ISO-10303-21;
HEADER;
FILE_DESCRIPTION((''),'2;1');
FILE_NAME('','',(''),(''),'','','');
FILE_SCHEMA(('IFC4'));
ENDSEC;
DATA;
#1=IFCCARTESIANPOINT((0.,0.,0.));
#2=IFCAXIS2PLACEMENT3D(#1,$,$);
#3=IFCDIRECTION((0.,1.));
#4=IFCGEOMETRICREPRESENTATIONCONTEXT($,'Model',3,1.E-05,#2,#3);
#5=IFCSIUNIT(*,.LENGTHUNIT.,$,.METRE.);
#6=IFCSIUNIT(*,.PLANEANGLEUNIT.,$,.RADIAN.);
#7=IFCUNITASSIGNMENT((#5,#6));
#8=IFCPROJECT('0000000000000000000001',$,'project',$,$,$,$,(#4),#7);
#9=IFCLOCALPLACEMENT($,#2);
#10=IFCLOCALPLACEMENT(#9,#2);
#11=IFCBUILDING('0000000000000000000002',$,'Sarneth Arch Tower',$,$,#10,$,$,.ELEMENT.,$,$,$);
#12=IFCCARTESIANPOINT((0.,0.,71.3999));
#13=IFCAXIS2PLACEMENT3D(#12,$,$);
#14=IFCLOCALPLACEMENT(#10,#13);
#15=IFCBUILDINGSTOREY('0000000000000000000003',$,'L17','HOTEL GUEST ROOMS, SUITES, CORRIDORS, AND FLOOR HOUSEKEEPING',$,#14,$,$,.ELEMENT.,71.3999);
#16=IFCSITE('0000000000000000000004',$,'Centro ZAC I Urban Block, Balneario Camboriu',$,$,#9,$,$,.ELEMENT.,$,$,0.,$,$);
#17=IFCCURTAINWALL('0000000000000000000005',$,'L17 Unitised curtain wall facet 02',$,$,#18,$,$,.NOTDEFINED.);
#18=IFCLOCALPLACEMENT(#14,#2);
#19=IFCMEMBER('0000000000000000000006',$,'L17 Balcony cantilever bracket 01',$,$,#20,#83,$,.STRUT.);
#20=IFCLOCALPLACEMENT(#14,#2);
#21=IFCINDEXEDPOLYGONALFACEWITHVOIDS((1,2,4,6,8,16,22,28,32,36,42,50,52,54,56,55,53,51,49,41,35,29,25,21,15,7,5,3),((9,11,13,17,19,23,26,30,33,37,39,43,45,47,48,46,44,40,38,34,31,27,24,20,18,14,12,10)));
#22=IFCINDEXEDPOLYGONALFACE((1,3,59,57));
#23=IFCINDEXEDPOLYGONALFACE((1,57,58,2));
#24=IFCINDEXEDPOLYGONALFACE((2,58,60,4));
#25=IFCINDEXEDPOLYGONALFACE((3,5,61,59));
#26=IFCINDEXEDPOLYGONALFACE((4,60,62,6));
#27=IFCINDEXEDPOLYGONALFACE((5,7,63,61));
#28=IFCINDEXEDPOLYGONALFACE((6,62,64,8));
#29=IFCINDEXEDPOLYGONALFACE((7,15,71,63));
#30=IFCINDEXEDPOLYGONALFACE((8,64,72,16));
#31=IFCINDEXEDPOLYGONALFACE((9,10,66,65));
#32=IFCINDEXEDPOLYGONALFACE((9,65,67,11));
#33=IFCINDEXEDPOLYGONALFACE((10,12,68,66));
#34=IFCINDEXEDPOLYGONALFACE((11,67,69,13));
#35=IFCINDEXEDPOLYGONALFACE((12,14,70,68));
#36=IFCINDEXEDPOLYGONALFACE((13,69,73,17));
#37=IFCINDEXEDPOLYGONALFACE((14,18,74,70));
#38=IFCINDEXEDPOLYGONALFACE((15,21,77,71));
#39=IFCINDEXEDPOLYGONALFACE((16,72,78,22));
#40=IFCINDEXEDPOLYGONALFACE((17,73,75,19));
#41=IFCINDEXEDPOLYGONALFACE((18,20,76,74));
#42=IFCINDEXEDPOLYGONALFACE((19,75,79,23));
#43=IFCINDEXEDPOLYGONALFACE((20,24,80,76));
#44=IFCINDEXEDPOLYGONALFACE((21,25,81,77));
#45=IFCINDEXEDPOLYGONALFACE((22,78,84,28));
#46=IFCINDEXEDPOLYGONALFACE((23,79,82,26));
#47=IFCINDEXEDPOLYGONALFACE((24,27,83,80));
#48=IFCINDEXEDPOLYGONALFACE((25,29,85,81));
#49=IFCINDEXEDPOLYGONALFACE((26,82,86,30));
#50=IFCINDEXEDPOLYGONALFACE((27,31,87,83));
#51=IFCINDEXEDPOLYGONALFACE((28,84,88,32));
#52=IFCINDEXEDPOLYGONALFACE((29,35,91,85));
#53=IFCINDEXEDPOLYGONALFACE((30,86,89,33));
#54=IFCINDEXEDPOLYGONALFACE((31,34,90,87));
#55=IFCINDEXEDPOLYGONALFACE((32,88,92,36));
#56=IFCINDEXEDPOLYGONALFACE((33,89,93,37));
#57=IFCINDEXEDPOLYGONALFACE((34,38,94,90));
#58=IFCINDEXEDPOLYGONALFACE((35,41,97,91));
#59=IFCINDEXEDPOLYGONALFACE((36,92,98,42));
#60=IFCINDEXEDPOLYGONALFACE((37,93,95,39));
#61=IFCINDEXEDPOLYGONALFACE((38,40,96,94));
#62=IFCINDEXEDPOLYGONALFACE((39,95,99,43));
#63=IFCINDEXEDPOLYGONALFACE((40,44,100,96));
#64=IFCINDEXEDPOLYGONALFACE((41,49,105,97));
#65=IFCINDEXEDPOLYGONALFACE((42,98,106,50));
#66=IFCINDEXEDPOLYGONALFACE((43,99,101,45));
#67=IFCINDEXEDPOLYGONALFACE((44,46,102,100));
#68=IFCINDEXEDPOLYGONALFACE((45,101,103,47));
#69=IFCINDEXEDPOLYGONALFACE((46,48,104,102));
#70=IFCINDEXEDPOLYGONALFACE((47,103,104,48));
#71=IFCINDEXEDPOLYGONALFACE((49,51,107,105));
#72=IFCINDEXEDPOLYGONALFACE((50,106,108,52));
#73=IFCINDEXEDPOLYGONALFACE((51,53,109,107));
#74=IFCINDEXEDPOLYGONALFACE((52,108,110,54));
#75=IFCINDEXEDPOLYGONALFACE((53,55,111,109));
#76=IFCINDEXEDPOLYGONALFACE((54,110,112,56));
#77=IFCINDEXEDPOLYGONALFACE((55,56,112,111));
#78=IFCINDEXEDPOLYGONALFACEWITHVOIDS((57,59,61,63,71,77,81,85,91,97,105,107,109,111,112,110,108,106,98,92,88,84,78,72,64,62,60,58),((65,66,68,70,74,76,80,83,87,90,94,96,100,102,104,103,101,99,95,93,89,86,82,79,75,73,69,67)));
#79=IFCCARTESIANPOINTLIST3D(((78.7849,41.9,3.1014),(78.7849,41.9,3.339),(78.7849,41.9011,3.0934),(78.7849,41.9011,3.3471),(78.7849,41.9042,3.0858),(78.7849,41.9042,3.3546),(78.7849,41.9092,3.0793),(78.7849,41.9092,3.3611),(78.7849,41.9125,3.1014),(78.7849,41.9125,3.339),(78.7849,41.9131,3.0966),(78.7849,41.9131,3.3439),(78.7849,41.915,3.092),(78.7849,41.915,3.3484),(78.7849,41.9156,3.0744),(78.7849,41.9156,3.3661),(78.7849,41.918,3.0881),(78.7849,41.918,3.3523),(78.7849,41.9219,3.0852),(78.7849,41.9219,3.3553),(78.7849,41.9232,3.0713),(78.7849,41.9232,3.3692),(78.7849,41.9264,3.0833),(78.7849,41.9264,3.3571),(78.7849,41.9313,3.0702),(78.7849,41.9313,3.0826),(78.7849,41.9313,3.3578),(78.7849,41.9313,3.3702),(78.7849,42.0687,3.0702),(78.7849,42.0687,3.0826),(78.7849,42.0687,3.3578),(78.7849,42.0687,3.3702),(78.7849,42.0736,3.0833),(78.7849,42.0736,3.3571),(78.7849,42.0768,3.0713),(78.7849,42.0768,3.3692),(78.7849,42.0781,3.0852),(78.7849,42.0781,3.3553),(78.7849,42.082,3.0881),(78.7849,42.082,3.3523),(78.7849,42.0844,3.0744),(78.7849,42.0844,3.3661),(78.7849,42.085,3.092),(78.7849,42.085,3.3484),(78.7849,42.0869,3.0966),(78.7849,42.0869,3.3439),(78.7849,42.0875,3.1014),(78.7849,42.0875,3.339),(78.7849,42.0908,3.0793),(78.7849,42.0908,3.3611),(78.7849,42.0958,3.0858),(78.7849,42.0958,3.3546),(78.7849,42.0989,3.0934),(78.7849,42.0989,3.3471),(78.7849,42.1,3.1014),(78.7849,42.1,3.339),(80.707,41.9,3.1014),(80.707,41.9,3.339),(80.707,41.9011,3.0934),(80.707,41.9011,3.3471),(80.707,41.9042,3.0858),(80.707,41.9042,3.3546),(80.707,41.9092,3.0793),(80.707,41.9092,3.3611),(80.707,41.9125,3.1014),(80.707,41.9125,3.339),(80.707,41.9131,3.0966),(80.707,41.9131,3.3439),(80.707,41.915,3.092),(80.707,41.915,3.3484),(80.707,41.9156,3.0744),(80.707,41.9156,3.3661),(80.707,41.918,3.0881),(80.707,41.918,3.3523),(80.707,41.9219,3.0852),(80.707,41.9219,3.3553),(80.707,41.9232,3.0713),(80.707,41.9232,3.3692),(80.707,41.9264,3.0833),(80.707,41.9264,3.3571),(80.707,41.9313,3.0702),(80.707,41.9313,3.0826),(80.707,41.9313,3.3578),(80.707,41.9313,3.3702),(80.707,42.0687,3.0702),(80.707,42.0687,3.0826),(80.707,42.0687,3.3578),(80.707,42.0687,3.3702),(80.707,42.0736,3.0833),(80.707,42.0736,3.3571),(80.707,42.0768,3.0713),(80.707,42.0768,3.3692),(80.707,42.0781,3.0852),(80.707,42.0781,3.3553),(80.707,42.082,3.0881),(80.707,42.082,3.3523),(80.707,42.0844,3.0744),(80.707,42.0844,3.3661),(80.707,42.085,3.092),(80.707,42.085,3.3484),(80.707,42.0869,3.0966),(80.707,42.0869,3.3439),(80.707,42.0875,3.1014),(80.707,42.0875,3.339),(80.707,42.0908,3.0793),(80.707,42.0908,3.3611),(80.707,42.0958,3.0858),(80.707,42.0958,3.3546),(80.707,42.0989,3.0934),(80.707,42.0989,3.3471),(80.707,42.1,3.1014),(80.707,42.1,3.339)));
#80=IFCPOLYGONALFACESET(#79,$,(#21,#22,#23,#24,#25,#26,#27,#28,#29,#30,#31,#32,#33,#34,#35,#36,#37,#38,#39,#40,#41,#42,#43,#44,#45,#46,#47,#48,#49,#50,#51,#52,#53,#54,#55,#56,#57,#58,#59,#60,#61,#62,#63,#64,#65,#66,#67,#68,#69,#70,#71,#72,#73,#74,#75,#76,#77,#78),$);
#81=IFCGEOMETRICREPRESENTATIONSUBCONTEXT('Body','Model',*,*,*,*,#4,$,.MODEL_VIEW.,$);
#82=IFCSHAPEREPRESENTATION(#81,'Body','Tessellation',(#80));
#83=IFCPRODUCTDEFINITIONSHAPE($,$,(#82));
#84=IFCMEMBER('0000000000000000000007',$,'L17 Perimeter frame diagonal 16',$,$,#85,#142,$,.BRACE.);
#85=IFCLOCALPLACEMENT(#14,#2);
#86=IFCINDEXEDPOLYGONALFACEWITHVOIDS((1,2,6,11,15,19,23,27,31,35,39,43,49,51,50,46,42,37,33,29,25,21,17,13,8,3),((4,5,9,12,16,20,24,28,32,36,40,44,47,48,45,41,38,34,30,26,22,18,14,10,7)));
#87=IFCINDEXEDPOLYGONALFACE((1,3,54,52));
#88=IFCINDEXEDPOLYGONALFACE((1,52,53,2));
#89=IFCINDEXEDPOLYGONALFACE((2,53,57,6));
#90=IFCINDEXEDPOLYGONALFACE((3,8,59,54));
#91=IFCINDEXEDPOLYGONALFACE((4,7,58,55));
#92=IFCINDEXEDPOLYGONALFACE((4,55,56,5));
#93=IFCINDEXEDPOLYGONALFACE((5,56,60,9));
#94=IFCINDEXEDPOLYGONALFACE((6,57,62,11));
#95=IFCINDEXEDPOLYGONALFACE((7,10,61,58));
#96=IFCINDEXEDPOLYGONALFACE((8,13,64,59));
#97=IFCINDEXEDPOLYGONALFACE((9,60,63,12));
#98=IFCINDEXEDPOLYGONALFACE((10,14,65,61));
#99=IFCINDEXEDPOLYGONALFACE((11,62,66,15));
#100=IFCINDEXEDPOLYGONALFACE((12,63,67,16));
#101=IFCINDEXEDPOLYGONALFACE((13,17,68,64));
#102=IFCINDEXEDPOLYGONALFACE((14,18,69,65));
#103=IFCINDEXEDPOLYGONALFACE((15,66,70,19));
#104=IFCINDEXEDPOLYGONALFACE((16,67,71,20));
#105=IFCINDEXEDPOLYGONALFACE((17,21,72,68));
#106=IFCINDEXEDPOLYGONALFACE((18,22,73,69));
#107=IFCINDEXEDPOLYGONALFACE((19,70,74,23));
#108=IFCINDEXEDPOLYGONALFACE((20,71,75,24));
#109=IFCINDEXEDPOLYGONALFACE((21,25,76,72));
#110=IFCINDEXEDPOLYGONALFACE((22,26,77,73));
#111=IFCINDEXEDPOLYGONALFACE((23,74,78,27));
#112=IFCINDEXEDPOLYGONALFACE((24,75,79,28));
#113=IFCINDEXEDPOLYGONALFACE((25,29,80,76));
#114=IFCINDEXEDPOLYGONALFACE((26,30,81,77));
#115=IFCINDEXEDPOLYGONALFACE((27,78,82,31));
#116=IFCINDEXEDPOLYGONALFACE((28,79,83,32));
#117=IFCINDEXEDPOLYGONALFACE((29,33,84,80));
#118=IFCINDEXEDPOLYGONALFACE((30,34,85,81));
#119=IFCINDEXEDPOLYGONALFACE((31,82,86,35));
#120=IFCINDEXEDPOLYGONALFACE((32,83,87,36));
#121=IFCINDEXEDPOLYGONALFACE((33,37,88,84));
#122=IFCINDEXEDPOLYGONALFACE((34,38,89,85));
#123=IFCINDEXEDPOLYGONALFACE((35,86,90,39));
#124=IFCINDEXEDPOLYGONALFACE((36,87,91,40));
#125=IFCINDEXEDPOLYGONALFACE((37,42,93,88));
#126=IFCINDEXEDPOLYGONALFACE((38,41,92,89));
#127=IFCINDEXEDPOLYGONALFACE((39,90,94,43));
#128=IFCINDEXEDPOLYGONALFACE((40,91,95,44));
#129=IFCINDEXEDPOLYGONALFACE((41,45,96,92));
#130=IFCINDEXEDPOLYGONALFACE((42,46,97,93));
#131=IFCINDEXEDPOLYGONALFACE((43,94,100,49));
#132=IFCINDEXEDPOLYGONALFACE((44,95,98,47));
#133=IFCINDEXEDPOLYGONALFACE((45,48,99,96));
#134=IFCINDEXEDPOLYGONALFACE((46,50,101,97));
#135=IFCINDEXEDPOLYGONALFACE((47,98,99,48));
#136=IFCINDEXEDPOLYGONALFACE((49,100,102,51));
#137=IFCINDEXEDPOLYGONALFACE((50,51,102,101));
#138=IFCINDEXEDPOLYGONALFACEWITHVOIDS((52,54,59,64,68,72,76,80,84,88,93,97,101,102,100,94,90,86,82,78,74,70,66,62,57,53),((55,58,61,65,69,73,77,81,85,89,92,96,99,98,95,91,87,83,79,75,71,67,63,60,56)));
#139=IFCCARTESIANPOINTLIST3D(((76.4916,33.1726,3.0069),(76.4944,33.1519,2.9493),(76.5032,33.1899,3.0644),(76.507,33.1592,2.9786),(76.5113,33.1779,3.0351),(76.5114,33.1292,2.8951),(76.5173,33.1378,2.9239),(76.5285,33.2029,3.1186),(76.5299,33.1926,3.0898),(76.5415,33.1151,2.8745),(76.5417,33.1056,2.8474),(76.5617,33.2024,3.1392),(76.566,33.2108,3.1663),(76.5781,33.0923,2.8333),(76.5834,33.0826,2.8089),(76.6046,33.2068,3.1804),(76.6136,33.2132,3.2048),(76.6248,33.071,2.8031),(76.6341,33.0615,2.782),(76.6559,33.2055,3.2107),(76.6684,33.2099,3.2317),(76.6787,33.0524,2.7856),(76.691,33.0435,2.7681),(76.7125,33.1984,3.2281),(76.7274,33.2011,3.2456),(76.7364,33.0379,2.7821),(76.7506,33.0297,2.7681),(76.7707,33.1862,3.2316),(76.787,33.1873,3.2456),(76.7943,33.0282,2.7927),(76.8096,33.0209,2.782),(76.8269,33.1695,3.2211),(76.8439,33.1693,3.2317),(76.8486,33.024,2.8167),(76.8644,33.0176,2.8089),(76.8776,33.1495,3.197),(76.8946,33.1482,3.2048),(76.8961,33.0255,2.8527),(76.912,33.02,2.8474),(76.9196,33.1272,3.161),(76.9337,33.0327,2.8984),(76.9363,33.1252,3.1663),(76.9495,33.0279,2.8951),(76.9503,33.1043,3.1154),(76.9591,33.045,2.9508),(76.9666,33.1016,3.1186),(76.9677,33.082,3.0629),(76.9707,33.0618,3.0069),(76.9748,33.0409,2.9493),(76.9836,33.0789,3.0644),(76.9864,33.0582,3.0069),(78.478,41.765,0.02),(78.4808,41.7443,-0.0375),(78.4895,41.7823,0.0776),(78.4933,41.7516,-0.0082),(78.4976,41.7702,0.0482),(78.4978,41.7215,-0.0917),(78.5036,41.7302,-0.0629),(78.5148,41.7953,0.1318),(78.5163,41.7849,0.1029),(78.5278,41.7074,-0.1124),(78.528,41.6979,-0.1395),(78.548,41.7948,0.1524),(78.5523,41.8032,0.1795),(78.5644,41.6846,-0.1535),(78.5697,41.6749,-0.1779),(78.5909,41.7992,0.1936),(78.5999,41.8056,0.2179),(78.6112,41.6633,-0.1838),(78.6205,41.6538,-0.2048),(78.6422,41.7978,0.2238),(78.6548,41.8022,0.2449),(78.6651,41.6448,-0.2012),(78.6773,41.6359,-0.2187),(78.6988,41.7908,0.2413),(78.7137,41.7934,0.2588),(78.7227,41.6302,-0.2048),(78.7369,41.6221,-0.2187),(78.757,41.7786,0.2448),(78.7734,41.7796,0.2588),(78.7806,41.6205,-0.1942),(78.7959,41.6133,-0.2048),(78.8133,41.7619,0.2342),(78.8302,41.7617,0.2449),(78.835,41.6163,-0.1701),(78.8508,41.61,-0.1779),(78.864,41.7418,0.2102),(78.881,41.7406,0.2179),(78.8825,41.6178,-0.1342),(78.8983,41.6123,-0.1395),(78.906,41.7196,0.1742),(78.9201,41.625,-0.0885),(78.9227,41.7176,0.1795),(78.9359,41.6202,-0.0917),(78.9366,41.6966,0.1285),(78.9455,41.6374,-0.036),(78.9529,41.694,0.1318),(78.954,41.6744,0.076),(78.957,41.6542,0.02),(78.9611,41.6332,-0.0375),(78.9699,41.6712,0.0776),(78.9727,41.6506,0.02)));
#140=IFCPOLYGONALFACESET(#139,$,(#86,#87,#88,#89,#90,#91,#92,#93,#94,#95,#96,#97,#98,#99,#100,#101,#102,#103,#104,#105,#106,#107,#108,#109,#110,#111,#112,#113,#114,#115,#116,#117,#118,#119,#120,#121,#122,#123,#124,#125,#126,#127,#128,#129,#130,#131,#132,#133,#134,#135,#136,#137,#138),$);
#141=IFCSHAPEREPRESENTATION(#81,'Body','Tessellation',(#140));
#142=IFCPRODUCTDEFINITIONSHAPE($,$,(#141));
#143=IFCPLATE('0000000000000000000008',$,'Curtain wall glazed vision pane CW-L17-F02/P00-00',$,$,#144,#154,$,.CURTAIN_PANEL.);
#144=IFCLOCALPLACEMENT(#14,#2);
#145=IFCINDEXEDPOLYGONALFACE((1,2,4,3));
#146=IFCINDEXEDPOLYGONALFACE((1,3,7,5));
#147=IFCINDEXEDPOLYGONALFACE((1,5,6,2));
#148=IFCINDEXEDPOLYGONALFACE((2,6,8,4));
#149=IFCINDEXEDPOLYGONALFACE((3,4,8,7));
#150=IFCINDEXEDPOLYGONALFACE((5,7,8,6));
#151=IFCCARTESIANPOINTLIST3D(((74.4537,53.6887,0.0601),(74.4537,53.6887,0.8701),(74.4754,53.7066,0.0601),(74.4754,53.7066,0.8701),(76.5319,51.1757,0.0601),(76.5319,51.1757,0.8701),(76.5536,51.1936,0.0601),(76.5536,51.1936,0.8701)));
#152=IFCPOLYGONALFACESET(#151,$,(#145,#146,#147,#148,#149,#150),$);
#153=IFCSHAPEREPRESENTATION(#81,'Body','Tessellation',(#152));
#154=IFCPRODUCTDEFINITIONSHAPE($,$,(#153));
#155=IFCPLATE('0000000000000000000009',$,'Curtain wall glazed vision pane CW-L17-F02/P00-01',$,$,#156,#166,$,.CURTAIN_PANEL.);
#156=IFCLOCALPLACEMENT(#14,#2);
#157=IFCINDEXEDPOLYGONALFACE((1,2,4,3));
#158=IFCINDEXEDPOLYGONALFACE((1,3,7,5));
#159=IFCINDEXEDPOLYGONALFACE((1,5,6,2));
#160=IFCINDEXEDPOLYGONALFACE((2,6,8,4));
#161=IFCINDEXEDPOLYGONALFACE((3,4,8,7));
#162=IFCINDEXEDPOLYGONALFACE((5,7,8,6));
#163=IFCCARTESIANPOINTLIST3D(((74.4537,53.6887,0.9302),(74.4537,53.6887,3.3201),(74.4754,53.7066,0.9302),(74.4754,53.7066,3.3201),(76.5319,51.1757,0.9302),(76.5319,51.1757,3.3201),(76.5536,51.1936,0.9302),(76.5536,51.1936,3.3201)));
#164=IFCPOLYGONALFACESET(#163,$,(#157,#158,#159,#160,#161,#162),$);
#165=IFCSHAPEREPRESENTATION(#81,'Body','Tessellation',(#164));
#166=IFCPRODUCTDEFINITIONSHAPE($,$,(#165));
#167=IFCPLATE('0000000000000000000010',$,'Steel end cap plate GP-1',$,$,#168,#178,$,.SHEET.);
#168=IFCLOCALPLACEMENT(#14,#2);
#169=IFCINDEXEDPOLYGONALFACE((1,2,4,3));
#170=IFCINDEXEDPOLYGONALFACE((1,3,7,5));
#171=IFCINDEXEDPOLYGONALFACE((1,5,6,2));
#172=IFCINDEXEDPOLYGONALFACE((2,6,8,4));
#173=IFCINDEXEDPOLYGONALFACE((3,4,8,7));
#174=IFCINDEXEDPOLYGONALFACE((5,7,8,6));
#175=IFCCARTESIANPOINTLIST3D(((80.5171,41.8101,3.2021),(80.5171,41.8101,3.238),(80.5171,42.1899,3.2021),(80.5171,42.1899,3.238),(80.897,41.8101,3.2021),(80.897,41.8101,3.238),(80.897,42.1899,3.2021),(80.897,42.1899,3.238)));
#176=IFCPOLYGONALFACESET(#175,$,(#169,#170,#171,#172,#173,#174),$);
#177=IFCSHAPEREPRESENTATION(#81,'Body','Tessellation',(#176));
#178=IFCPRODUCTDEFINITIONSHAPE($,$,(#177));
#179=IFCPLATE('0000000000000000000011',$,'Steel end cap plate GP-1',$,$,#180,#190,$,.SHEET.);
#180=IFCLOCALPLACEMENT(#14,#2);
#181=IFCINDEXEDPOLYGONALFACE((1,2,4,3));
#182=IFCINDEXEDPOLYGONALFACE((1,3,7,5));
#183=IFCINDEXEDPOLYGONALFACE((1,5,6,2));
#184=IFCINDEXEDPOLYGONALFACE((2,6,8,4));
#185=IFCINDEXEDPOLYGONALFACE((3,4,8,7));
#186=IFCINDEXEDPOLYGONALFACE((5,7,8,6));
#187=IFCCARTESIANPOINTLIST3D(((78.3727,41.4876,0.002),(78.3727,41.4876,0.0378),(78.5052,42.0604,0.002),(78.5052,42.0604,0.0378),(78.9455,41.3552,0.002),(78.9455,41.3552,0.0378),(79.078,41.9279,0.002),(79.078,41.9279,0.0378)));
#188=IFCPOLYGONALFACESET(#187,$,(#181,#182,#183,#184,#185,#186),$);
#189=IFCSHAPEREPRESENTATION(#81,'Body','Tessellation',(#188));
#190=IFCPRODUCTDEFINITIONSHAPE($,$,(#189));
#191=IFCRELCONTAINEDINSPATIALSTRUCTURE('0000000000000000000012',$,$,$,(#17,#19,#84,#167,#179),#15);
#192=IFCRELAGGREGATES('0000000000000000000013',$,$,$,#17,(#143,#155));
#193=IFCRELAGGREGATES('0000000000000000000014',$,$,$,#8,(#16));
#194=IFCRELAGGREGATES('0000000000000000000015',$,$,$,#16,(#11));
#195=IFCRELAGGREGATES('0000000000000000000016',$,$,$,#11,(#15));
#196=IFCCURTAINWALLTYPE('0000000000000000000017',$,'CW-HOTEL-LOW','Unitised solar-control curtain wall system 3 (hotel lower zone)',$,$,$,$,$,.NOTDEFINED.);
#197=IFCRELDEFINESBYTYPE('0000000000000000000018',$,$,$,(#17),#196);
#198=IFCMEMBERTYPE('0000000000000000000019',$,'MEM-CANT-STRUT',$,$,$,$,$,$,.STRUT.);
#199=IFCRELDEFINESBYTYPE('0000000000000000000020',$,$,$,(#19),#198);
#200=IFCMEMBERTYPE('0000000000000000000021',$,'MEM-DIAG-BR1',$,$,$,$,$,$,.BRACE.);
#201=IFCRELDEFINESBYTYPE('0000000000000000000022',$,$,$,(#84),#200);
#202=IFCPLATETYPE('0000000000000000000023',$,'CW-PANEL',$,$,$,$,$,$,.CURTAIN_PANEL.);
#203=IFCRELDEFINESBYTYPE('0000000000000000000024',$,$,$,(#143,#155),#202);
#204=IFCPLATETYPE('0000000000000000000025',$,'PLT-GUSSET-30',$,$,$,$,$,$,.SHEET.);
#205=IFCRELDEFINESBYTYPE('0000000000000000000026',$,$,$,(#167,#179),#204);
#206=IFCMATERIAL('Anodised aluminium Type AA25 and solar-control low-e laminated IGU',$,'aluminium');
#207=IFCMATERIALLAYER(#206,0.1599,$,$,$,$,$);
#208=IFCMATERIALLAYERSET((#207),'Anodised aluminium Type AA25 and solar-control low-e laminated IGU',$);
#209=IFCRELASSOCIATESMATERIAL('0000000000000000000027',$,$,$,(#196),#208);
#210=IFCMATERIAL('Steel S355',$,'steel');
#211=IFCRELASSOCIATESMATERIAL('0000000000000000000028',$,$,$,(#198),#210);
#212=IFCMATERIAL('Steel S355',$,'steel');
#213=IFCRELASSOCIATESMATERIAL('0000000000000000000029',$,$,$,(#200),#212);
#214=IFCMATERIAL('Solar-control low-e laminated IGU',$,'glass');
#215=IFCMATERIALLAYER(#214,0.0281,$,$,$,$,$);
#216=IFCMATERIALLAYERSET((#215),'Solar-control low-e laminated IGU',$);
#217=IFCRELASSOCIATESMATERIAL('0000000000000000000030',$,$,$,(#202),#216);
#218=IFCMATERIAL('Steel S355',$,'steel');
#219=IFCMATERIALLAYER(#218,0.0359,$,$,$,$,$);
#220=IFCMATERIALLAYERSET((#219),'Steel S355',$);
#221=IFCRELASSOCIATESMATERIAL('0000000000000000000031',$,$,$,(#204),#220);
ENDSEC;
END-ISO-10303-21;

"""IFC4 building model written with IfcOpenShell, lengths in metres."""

from ifc_helpers import new_model, si_unit, direction, frame, origin, origin_2d, place, context, subcontext, project, spatial, rectangle, hollow_rectangle, hollow_circle, extrude, material, layer, layer_set, material_profile, profile_set, type_object, element, aggregate, save


model = new_model("IFC4")

# Units and contexts
model_context = context("Model", 3, precision=1e-05, world=origin(), true_north=direction((0.0, 1.0)))
body_context = subcontext(model_context, "Body", "Model", "MODEL_VIEW")
ifc_project = project(units=[si_unit("LENGTHUNIT", "METRE"), si_unit("PLANEANGLEUNIT", "RADIAN")], contexts=[model_context])

# Site, building, storey
site_placement = place(None, origin())
site = spatial("IfcSite", under=ifc_project, at=site_placement, Name="Centro ZAC I Urban Block, Balneario Camboriu", CompositionType="ELEMENT", RefElevation=0.0)
building_placement = place(site_placement, origin())
building = spatial("IfcBuilding", under=site, at=building_placement, Name="Sarneth Arch Tower", CompositionType="ELEMENT")
storey_placement = place(building_placement, frame((0.0, 0.0, 71.3999)))
storey = spatial("IfcBuildingStorey", under=building, at=storey_placement, Name="L17", Description="HOTEL GUEST ROOMS, SUITES, CORRIDORS, AND FLOOR HOUSEKEEPING", CompositionType="ELEMENT", Elevation=71.3999)

# Curtain wall
ifc_material_1 = material(Name="Anodised aluminium Type AA25 and solar-control low-e laminated IGU", Category="aluminium")
ifc_layer_1 = layer(ifc_material_1, 0.1599)
ifc_layer_set_1 = layer_set([ifc_layer_1], Name="Anodised aluminium Type AA25 and solar-control low-e laminated IGU")
curtain_wall_type = type_object("IfcCurtainWallType", Name="CW-HOTEL-LOW", Description="Unitised solar-control curtain wall system 3 (hotel lower zone)", PredefinedType="NOTDEFINED", material=ifc_layer_set_1)
curtain_wall_placement = place(storey_placement, origin())
curtain_wall = element("IfcCurtainWall", 1, at=curtain_wall_placement, inside=storey, type_object=curtain_wall_type, Name="L17 Unitised curtain wall facet 02", PredefinedType="NOTDEFINED")

# Members
ifc_material_2 = material(Name="Steel S355", Category="steel")
ifc_material_profile_1 = material_profile(ifc_material_2, hollow_rectangle(XDim=0.2, YDim=0.3, WallThickness=0.0125, InnerFilletRadius=0.0188, OuterFilletRadius=0.0312, at=origin_2d()), Name="RHS300x200x12.5")
ifc_profile_set_1 = profile_set([ifc_material_profile_1], Name="Steel S355")
member_type_1 = type_object("IfcMemberType", Name="MEM-CANT-STRUT", PredefinedType="STRUT", material=ifc_profile_set_1)
member_1_placement = place(storey_placement, frame((78.7849, 42.0, 3.2202), z_axis=(1.0, 0.0, 0.0), x_axis=(0.0, 1.0, 0.0)))
element("IfcMember", 2, at=member_1_placement, inside=storey, type_object=member_type_1, Name="L17 Balcony cantilever bracket 01", PredefinedType="STRUT", context=body_context, shape_type="SweptSolid", body=[
    extrude(hollow_rectangle(XDim=0.2, YDim=0.3, WallThickness=0.0125, InnerFilletRadius=0.0188, OuterFilletRadius=0.0312, at=origin_2d()), origin(), (0.0, 0.0, 1.0), 1.9221),
])
ifc_material_3 = material(Name="Steel S355", Category="steel")
ifc_material_profile_2 = material_profile(ifc_material_3, hollow_circle(Radius=0.2539, WallThickness=0.0161, at=origin_2d()), Name="CHS508x16")
ifc_profile_set_2 = profile_set([ifc_material_profile_2], Name="Steel S355")
member_type_2 = type_object("IfcMemberType", Name="MEM-DIAG-BR1", PredefinedType="BRACE", material=ifc_profile_set_2)
member_2_placement = place(storey_placement, frame((78.7253, 41.7078, 0.02), z_axis=(-0.213332, -0.922814, 0.320785), x_axis=(0.974304, -0.225236, 0.0)))
element("IfcMember", 3, at=member_2_placement, inside=storey, type_object=member_type_2, Name="L17 Perimeter frame diagonal 16", PredefinedType="BRACE", context=body_context, shape_type="SweptSolid", body=[
    extrude(hollow_circle(Radius=0.2539, WallThickness=0.0161, at=origin_2d()), origin(), (0.0, 0.0, 1.0), 9.311),
])

# Plates
ifc_material_4 = material(Name="Solar-control low-e laminated IGU", Category="glass")
ifc_layer_2 = layer(ifc_material_4, 0.0281)
ifc_layer_set_2 = layer_set([ifc_layer_2], Name="Solar-control low-e laminated IGU")
plate_type_1 = type_object("IfcPlateType", Name="CW-PANEL", PredefinedType="CURTAIN_PANEL", material=ifc_layer_set_2)
plate_1_placement = place(storey_placement, frame((75.5037, 52.4412, 0.0601), z_axis=(0.0, 0.0, 1.0), x_axis=(-0.637291, 0.770623, 0.0)))
plate_1 = element("IfcPlate", 4, at=plate_1_placement, type_object=plate_type_1, Name="Curtain wall glazed vision pane CW-L17-F02/P00-00", PredefinedType="CURTAIN_PANEL", context=body_context, shape_type="SweptSolid", body=[
    extrude(rectangle(XDim=3.261, YDim=0.0281, at=origin_2d()), origin(), (0.0, 0.0, 1.0), 0.8101),
])
plate_2_placement = place(storey_placement, frame((75.5037, 52.4412, 0.9302), z_axis=(0.0, 0.0, 1.0), x_axis=(-0.637291, 0.770623, 0.0)))
plate_2 = element("IfcPlate", 5, at=plate_2_placement, type_object=plate_type_1, Name="Curtain wall glazed vision pane CW-L17-F02/P00-01", PredefinedType="CURTAIN_PANEL", context=body_context, shape_type="SweptSolid", body=[
    extrude(rectangle(XDim=3.261, YDim=0.0281, at=origin_2d()), origin(), (0.0, 0.0, 1.0), 2.3899),
])
aggregate(curtain_wall, [plate_1, plate_2])

# Plates
ifc_material_5 = material(Name="Steel S355", Category="steel")
ifc_layer_3 = layer(ifc_material_5, 0.0359)
ifc_layer_set_3 = layer_set([ifc_layer_3], Name="Steel S355")
plate_type_2 = type_object("IfcPlateType", Name="PLT-GUSSET-30", PredefinedType="SHEET", material=ifc_layer_set_3)
plate_3_placement = place(storey_placement, frame((80.707, 42.0, 3.2021), z_axis=(0.0, 0.0, 1.0), x_axis=(1.0, 0.0, 0.0)))
element("IfcPlate", 6, at=plate_3_placement, inside=storey, type_object=plate_type_2, Name="Steel end cap plate GP-1", PredefinedType="SHEET", context=body_context, shape_type="SweptSolid", body=[
    extrude(rectangle(XDim=0.3799, YDim=0.3799, at=origin_2d()), origin(), (0.0, 0.0, 1.0), 0.0359),
])
plate_4_placement = place(storey_placement, frame((78.7253, 41.7078, 0.002), z_axis=(0.0, 0.0, 1.0), x_axis=(0.225291, 0.974291, 0.0)))
element("IfcPlate", 7, at=plate_4_placement, inside=storey, type_object=plate_type_2, Name="Steel end cap plate GP-1", PredefinedType="SHEET", context=body_context, shape_type="SweptSolid", body=[
    extrude(rectangle(XDim=0.5879, YDim=0.5879, at=origin_2d()), origin(), (0.0, 0.0, 1.0), 0.0359),
])

save(model, "model.ifc")
